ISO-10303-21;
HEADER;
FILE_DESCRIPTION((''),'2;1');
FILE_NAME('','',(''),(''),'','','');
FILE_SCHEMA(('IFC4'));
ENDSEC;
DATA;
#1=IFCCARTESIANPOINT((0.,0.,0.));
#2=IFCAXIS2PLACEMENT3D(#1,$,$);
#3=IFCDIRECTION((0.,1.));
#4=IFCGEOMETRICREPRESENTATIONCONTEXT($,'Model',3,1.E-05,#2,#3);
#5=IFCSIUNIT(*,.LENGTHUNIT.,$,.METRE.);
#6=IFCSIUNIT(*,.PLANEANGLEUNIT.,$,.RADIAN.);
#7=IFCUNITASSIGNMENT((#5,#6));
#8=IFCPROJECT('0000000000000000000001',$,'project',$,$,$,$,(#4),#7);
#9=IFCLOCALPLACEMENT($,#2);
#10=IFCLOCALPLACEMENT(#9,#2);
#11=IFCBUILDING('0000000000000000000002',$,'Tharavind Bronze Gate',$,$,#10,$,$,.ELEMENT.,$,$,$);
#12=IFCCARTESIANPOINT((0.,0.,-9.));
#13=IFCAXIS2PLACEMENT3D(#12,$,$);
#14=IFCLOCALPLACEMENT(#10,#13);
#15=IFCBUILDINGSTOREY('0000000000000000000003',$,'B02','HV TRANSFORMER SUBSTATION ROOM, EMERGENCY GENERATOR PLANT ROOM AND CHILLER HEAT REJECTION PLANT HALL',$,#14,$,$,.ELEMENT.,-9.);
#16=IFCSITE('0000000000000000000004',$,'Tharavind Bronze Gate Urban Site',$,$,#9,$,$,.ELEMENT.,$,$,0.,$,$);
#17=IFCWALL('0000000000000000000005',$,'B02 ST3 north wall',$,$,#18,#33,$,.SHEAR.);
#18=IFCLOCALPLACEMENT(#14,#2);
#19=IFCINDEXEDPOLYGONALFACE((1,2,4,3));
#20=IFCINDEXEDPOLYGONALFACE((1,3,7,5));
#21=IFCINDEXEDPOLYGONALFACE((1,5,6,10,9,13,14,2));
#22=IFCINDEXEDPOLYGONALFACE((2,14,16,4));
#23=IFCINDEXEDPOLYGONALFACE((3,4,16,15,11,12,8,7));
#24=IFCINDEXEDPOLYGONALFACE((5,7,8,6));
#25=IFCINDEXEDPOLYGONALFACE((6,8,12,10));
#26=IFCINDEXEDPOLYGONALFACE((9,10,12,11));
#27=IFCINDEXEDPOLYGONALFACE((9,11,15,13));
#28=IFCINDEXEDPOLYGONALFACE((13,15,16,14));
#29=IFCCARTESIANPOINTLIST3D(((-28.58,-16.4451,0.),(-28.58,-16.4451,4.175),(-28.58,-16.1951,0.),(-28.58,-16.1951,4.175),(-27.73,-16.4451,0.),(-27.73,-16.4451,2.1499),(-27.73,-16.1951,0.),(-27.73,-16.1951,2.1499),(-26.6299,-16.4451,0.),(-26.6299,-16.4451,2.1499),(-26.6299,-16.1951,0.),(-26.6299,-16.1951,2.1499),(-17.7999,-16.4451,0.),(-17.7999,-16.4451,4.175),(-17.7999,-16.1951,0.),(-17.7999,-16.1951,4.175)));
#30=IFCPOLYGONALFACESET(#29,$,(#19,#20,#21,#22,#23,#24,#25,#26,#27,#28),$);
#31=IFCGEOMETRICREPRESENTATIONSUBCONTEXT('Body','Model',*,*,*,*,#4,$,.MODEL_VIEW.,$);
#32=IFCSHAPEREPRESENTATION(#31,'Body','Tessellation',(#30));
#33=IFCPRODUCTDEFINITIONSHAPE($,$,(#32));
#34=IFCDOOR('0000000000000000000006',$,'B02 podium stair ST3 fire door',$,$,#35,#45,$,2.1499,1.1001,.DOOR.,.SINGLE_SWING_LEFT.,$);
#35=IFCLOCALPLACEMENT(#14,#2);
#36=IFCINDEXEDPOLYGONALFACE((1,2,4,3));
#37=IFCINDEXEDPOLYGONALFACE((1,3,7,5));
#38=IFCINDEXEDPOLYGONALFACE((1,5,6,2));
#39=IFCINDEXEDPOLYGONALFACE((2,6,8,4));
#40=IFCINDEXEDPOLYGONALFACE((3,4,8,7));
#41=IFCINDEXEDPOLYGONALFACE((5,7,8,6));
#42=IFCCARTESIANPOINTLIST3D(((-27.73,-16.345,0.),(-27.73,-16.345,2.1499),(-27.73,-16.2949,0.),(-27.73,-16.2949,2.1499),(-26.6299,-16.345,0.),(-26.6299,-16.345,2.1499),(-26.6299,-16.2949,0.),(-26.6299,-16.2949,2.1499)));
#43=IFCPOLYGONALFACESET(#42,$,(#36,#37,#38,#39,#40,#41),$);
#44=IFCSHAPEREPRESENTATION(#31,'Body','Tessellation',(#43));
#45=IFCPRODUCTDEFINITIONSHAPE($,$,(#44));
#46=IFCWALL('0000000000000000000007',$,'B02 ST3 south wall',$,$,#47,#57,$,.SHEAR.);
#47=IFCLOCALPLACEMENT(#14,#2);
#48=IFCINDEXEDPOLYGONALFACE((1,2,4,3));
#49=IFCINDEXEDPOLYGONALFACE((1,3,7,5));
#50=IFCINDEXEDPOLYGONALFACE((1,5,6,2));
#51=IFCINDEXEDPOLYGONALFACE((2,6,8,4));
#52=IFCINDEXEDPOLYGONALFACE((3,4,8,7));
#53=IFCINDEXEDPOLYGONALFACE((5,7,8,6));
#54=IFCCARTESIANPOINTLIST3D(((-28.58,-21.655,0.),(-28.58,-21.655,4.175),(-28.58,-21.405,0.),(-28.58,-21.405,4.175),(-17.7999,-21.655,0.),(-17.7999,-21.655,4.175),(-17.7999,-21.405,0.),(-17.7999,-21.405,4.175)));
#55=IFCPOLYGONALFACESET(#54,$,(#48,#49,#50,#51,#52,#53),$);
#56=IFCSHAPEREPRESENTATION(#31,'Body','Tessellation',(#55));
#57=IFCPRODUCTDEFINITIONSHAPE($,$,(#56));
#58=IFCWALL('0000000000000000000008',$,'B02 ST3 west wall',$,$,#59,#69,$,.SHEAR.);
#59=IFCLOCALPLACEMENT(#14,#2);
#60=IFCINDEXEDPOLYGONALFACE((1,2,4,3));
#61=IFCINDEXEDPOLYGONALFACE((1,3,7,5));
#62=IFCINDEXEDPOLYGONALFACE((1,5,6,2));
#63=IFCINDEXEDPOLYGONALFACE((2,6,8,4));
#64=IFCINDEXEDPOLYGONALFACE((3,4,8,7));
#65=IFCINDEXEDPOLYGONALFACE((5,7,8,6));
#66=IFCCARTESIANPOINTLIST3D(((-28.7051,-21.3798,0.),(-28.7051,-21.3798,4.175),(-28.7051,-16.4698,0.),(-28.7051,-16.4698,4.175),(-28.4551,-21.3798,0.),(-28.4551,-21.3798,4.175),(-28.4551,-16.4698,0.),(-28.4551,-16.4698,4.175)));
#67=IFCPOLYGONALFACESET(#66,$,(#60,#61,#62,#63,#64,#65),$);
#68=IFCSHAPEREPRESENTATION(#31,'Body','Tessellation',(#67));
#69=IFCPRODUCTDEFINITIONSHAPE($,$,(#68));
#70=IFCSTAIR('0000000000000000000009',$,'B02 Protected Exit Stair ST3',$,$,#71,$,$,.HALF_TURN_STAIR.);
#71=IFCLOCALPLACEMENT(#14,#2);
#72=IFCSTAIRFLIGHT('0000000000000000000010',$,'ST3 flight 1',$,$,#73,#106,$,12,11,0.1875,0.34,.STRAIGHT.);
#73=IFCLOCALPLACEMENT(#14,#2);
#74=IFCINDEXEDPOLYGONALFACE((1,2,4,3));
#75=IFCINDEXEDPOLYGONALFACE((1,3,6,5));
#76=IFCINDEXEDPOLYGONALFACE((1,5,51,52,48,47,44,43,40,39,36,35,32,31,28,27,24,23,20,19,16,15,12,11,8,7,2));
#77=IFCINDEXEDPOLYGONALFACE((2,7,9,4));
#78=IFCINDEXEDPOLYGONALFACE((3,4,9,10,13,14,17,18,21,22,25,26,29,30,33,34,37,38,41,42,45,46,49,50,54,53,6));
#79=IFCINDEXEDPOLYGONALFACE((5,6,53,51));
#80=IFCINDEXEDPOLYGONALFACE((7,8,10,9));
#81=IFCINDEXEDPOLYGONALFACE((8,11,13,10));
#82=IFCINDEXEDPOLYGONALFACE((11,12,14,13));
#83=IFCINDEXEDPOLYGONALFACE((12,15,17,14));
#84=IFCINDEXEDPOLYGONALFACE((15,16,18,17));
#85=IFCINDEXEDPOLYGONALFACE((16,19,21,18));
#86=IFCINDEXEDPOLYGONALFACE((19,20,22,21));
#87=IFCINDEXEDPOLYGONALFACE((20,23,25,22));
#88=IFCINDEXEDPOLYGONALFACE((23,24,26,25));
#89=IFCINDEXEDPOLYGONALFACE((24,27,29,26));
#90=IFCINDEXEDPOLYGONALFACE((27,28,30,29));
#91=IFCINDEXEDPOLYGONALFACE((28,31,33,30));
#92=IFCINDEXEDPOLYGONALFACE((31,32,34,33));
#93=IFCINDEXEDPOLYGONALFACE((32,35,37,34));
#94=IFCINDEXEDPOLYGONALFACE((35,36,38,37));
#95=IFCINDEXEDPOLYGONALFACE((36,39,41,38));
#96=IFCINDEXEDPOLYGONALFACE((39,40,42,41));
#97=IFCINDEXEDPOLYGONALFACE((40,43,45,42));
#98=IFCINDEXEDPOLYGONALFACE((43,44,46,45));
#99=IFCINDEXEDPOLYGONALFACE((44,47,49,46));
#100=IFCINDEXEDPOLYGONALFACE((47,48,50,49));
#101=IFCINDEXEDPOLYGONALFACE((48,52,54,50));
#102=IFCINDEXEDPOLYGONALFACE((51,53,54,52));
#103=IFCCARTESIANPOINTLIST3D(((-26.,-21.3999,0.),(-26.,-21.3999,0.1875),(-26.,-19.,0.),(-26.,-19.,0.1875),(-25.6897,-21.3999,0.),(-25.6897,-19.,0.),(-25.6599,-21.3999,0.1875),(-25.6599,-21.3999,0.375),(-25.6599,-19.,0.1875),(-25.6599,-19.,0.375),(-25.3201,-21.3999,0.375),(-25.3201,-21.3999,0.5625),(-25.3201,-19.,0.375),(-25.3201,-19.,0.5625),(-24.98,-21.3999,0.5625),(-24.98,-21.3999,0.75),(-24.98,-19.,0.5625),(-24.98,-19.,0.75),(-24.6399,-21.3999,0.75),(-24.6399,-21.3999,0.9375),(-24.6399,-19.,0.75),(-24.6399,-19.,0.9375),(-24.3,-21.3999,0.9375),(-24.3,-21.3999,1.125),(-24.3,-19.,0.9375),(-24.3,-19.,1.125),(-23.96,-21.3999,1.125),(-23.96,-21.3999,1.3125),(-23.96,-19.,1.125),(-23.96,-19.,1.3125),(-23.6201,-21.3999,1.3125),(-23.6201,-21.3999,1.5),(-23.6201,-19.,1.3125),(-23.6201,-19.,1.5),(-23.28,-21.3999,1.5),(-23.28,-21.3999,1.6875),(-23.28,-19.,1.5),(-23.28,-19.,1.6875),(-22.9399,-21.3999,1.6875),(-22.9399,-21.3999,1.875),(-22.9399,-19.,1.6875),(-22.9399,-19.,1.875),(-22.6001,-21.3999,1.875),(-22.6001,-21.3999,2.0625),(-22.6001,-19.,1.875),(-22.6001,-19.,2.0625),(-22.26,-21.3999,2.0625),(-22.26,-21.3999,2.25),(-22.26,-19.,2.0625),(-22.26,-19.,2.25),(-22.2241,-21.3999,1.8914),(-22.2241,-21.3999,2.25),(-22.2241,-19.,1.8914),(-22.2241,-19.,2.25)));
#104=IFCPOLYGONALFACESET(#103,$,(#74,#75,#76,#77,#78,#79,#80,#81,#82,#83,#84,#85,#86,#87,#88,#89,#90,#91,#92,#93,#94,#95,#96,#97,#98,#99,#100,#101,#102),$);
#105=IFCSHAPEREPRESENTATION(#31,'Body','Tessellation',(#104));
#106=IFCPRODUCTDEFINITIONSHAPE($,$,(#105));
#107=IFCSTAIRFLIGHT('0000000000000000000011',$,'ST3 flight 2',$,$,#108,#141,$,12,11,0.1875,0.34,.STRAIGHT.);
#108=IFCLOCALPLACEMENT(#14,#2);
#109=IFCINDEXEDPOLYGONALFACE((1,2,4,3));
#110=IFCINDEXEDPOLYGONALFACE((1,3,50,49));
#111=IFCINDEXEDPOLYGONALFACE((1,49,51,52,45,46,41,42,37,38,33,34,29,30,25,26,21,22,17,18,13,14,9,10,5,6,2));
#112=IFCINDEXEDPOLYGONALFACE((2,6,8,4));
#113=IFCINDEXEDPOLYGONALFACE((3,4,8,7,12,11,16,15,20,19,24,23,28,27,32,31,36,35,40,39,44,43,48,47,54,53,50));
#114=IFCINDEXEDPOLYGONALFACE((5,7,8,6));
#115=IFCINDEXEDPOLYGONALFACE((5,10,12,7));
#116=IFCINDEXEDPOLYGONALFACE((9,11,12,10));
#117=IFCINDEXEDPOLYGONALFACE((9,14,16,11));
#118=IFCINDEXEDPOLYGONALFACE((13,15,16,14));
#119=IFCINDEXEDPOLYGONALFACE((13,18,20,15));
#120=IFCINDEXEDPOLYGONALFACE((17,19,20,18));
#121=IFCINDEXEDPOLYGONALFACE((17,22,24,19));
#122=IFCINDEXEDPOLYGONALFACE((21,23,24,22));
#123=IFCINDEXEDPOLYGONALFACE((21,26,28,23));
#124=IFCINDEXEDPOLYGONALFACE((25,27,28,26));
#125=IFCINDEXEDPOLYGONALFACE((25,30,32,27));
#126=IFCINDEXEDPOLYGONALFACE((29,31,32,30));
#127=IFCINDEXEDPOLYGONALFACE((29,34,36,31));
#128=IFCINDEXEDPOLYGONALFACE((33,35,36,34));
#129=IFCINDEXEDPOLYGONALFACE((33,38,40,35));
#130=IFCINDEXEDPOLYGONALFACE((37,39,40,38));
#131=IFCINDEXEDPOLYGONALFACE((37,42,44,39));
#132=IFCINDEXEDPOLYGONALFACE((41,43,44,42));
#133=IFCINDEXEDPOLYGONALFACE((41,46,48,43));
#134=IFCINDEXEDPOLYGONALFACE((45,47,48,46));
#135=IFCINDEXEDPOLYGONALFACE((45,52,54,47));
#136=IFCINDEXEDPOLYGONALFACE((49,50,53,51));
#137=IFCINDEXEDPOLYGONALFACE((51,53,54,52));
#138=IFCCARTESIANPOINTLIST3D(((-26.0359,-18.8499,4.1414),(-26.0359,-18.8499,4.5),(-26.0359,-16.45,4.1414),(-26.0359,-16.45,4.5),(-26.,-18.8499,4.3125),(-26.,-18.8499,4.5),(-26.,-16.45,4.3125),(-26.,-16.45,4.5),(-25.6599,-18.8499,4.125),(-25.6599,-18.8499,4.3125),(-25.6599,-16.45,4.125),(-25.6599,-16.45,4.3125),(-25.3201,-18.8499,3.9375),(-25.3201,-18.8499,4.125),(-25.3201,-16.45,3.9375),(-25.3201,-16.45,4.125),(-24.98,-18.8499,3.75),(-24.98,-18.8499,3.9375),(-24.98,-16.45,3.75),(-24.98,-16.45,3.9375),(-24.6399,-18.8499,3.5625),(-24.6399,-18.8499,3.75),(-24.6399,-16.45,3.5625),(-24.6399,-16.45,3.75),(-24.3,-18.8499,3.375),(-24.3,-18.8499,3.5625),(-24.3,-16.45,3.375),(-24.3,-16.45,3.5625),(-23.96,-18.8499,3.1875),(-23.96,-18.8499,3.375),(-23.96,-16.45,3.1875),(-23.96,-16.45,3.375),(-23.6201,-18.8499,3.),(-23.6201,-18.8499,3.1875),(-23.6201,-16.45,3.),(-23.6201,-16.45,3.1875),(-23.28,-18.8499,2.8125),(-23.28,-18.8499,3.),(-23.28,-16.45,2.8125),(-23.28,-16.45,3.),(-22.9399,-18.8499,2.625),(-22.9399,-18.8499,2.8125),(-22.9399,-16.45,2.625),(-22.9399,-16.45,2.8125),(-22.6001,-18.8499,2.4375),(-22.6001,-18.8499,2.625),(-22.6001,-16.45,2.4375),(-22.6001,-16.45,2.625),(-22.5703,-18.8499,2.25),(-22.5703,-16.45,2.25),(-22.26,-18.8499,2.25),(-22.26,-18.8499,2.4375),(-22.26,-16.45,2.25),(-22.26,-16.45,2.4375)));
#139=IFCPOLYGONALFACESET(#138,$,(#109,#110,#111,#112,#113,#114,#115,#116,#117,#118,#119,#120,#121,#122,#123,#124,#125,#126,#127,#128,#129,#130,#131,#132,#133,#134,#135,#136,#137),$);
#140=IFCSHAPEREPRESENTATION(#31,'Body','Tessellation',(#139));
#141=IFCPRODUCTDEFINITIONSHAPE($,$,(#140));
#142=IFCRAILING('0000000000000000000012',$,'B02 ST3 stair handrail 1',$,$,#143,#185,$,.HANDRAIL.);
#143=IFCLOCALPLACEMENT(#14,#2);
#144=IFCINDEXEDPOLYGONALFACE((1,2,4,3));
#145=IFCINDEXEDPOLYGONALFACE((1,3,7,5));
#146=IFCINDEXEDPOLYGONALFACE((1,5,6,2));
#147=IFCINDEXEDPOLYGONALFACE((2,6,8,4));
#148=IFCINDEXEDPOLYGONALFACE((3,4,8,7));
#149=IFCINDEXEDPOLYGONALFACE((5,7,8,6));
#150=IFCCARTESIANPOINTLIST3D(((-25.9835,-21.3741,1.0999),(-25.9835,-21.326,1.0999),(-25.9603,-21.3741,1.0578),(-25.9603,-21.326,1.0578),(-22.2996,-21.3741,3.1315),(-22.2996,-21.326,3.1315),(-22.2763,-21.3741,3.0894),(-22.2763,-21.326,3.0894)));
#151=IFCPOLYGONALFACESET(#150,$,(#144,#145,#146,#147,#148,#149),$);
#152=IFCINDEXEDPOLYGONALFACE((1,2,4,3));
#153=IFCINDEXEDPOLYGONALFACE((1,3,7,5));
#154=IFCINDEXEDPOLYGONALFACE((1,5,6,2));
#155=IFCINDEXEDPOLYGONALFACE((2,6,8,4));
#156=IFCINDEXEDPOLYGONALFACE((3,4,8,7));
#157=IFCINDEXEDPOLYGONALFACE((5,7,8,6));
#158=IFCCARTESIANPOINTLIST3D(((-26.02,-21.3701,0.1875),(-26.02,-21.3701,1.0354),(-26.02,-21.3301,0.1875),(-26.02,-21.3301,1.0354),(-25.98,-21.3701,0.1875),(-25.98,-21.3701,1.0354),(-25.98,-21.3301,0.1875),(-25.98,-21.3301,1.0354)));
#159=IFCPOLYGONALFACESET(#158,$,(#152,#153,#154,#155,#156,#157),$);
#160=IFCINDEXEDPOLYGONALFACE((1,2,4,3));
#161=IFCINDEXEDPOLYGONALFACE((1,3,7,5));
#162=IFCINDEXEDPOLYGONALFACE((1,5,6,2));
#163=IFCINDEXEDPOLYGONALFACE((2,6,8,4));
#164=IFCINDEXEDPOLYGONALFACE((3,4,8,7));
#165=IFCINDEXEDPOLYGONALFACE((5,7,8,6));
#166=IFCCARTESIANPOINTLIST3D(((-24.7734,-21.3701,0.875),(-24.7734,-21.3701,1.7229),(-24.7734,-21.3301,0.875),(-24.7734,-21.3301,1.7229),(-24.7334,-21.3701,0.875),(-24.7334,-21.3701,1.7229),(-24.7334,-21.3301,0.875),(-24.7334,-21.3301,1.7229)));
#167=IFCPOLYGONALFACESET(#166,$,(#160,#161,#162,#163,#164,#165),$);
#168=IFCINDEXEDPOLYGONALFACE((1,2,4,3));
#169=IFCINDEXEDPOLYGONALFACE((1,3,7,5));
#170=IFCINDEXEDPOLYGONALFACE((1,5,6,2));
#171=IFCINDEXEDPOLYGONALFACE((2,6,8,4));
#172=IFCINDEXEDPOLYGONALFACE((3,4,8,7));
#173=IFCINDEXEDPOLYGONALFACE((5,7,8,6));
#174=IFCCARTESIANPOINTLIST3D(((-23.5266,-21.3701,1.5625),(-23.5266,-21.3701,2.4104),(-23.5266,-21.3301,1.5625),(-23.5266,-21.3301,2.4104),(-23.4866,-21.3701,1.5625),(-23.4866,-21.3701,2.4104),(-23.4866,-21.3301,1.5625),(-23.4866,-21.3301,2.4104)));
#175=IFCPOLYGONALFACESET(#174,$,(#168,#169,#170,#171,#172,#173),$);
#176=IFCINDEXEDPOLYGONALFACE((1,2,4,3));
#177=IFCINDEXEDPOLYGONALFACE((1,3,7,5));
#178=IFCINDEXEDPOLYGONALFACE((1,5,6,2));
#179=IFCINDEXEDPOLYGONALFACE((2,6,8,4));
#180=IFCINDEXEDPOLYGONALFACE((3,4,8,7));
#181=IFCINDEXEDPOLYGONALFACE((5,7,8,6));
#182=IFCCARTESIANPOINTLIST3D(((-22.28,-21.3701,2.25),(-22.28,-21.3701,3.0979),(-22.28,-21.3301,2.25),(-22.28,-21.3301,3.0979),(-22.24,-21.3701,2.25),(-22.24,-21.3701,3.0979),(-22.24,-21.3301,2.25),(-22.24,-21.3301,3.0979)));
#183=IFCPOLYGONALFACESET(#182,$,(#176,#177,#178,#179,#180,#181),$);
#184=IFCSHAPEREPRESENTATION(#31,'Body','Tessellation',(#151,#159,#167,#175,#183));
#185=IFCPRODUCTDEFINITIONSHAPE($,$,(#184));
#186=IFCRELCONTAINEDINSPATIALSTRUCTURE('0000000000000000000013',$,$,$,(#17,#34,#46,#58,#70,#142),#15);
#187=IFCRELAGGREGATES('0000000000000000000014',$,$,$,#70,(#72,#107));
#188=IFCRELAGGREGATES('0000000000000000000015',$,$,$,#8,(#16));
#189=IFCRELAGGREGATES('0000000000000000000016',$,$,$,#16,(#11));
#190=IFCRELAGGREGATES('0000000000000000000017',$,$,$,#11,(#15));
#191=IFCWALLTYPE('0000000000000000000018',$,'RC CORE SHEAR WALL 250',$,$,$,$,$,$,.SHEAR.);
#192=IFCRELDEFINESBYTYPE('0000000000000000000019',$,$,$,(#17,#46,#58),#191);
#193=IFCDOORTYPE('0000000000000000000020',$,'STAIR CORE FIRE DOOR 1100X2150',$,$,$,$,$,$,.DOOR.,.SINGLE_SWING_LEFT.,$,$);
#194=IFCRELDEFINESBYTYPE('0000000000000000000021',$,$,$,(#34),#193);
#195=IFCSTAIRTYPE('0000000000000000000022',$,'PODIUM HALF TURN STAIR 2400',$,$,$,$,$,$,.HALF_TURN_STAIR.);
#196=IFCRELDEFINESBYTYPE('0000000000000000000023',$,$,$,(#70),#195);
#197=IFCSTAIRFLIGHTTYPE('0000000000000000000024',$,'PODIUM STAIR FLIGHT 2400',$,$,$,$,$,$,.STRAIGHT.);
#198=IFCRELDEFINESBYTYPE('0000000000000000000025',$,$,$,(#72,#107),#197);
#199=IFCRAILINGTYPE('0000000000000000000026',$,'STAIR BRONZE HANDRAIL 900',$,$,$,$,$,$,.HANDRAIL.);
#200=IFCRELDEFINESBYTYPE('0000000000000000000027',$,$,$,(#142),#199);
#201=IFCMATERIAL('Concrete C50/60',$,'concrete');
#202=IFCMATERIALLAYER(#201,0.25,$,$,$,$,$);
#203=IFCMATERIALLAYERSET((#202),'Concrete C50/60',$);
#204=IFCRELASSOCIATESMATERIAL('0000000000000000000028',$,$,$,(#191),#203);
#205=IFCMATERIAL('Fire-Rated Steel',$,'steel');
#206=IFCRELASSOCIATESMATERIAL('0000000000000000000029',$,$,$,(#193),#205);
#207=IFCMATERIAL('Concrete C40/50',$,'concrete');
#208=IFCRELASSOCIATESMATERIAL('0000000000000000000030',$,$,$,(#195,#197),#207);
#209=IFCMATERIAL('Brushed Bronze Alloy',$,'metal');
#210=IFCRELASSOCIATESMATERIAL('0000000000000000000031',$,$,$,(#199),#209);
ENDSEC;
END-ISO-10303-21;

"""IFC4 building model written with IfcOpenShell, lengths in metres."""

from ifc_helpers import new_model, si_unit, direction, frame, frame_2d, origin, origin_2d, place, context, subcontext, project, spatial, polyline, rectangle, outline, extrude, material, layer, layer_set, type_object, element, fill, aggregate, save


model = new_model("IFC4")

# Units and contexts
model_context = context("Model", 3, precision=1e-05, world=origin(), true_north=direction((0.0, 1.0)))
body_context = subcontext(model_context, "Body", "Model", "MODEL_VIEW")
ifc_project = project(units=[si_unit("LENGTHUNIT", "METRE"), si_unit("PLANEANGLEUNIT", "RADIAN")], contexts=[model_context])

# Site, building, storey
site_placement = place(None, origin())
site = spatial("IfcSite", under=ifc_project, at=site_placement, Name="Tharavind Bronze Gate Urban Site", CompositionType="ELEMENT", RefElevation=0.0)
building_placement = place(site_placement, origin())
building = spatial("IfcBuilding", under=site, at=building_placement, Name="Tharavind Bronze Gate", CompositionType="ELEMENT")
storey_placement = place(building_placement, frame((0.0, 0.0, -9.0)))
storey = spatial("IfcBuildingStorey", under=building, at=storey_placement, Name="B02", Description="HV TRANSFORMER SUBSTATION ROOM, EMERGENCY GENERATOR PLANT ROOM AND CHILLER HEAT REJECTION PLANT HALL", CompositionType="ELEMENT", Elevation=-9.0)

# Shared definitions
ifc_material_1 = material(Name="Concrete C50/60", Category="concrete")

# Wall, opening, door
ifc_layer_1 = layer(ifc_material_1, 0.25)
ifc_layer_set_1 = layer_set([ifc_layer_1], Name="Concrete C50/60")
wall_type_1 = type_object("IfcWallType", Name="RC CORE SHEAR WALL 250", PredefinedType="SHEAR", material=ifc_layer_set_1)
wall_1_placement = place(storey_placement, frame((-28.5801, -16.3201, 0.0), z_axis=(0.0, 0.0, 1.0), x_axis=(1.0, 0.0, 0.0)))
wall_1 = element("IfcWall", 1, at=wall_1_placement, inside=storey, type_object=wall_type_1, Name="B02 ST3 north wall", PredefinedType="SHEAR", context=body_context, shape_type="SweptSolid", body=[
    extrude(rectangle(XDim=10.78, YDim=0.25, at=frame_2d((5.3901, 0.0))), origin(), (0.0, 0.0, 1.0), 4.175),
])
opening_placement = place(wall_1_placement, frame((0.8501, 0.0, 0.0)))
opening = element("IfcOpeningElement", 2, at=opening_placement, cuts=wall_1, PredefinedType="OPENING", context=body_context, shape_type="SweptSolid", body=[
    extrude(rectangle(XDim=1.1001, YDim=2.1499, at=frame_2d((0.55, 1.075))), frame((0.0, 0.135, 0.0), z_axis=(0.0, -1.0, 0.0), x_axis=(1.0, 0.0, 0.0)), (0.0, 0.0, 1.0), 0.27),
])
ifc_material_2 = material(Name="Fire-Rated Steel", Category="steel")
door_type = type_object("IfcDoorType", Name="STAIR CORE FIRE DOOR 1100X2150", OperationType="SINGLE_SWING_LEFT", PredefinedType="DOOR", material=ifc_material_2)
door_placement = place(opening_placement, frame((1.1001, 0.0, 0.0), z_axis=(0.0, 0.0, 1.0), x_axis=(-1.0, 0.0, 0.0)))
door = element("IfcDoor", 3, at=door_placement, inside=storey, type_object=door_type, Name="B02 podium stair ST3 fire door", OperationType="SINGLE_SWING_LEFT", OverallHeight=2.1499, OverallWidth=1.1001, PredefinedType="DOOR", context=body_context, shape_type="SweptSolid", body=[
    extrude(rectangle(XDim=1.1001, YDim=2.1499, at=frame_2d((0.55, 1.075))), frame((0.0, 0.0249, 0.0), z_axis=(0.0, -1.0, 0.0), x_axis=(1.0, 0.0, 0.0)), (0.0, 0.0, 1.0), 0.05),
])
fill(opening, door)

# Walls
wall_2_placement = place(storey_placement, frame((-28.5801, -21.53, 0.0), z_axis=(0.0, 0.0, 1.0), x_axis=(1.0, 0.0, 0.0)))
element("IfcWall", 4, at=wall_2_placement, inside=storey, type_object=wall_type_1, Name="B02 ST3 south wall", PredefinedType="SHEAR", context=body_context, shape_type="SweptSolid", body=[
    extrude(rectangle(XDim=10.78, YDim=0.25, at=frame_2d((5.3901, 0.0))), origin(), (0.0, 0.0, 1.0), 4.175),
])
wall_3_placement = place(storey_placement, frame((-28.5801, -21.3799, 0.0), z_axis=(0.0, 0.0, 1.0), x_axis=(0.0, 1.0, 0.0)))
element("IfcWall", 5, at=wall_3_placement, inside=storey, type_object=wall_type_1, Name="B02 ST3 west wall", PredefinedType="SHEAR", context=body_context, shape_type="SweptSolid", body=[
    extrude(rectangle(XDim=4.9099, YDim=0.25, at=frame_2d((2.4551, 0.0))), origin(), (0.0, 0.0, 1.0), 4.175),
])

# Stair, stair flights
ifc_material_3 = material(Name="Concrete C40/50", Category="concrete")
stair_type = type_object("IfcStairType", Name="PODIUM HALF TURN STAIR 2400", PredefinedType="HALF_TURN_STAIR", material=ifc_material_3)
stair_placement = place(storey_placement, origin())
stair = element("IfcStair", 6, at=stair_placement, inside=storey, type_object=stair_type, Name="B02 Protected Exit Stair ST3", PredefinedType="HALF_TURN_STAIR")
stair_flight_type = type_object("IfcStairFlightType", Name="PODIUM STAIR FLIGHT 2400", PredefinedType="STRAIGHT", material=ifc_material_3)
stair_flight_1_placement = place(storey_placement, frame((-26.0, -20.2, 0.0), z_axis=(0.0, 0.0, 1.0), x_axis=(1.0, 0.0, 0.0)))
stair_flight_1 = element("IfcStairFlight", 7, at=stair_flight_1_placement, type_object=stair_flight_type, Name="ST3 flight 1", NumberOfRisers=12, NumberOfTreads=11, PredefinedType="STRAIGHT", RiserHeight=0.1875, TreadLength=0.34, context=body_context, shape_type="SweptSolid", body=[
    extrude(outline(polyline([(0.0, 0.0), (0.0, 0.1875), (0.3401, 0.1875), (0.3401, 0.375), (0.6799, 0.375), (0.6799, 0.5625), (1.02, 0.5625), (1.02, 0.75), (1.3601, 0.75), (1.3601, 0.9375), (1.7, 0.9375), (1.7, 1.125), (2.04, 1.125), (2.04, 1.3125), (2.3799, 1.3125), (2.3799, 1.5), (2.72, 1.5), (2.72, 1.6875), (3.0601, 1.6875), (3.0601, 1.875), (3.3999, 1.875), (3.3999, 2.0625), (3.74, 2.0625), (3.74, 2.25), (3.7759, 2.25), (3.7759, 1.8914), (0.3103, 0.0), (0.0, 0.0)])), frame((0.0, 1.2, 0.0), z_axis=(0.0, -1.0, 0.0), x_axis=(1.0, 0.0, 0.0)), (0.0, 0.0, 1.0), 2.3999),
])
stair_flight_2_placement = place(storey_placement, frame((-22.26, -17.6499, 2.25), z_axis=(0.0, 0.0, 1.0), x_axis=(-1.0, 0.0, 0.0)))
stair_flight_2 = element("IfcStairFlight", 8, at=stair_flight_2_placement, type_object=stair_flight_type, Name="ST3 flight 2", NumberOfRisers=12, NumberOfTreads=11, PredefinedType="STRAIGHT", RiserHeight=0.1875, TreadLength=0.34, context=body_context, shape_type="SweptSolid", body=[
    extrude(outline(polyline([(0.0, 0.0), (0.0, 0.1875), (0.3401, 0.1875), (0.3401, 0.375), (0.6799, 0.375), (0.6799, 0.5625), (1.02, 0.5625), (1.02, 0.75), (1.3601, 0.75), (1.3601, 0.9375), (1.7, 0.9375), (1.7, 1.125), (2.04, 1.125), (2.04, 1.3125), (2.3799, 1.3125), (2.3799, 1.5), (2.72, 1.5), (2.72, 1.6875), (3.0601, 1.6875), (3.0601, 1.875), (3.3999, 1.875), (3.3999, 2.0625), (3.74, 2.0625), (3.74, 2.25), (3.7759, 2.25), (3.7759, 1.8914), (0.3103, 0.0), (0.0, 0.0)])), frame((0.0, 1.2, 0.0), z_axis=(0.0, -1.0, 0.0), x_axis=(1.0, 0.0, 0.0)), (0.0, 0.0, 1.0), 2.3999),
])
aggregate(stair, [stair_flight_1, stair_flight_2])

# Railing
ifc_material_4 = material(Name="Brushed Bronze Alloy", Category="metal")
railing_type_1 = type_object("IfcRailingType", Name="STAIR BRONZE HANDRAIL 900", PredefinedType="HANDRAIL", material=ifc_material_4)
railing_1_placement = place(storey_placement, frame((-26.0, -21.3501, 0.1875)))
element("IfcRailing", 9, at=railing_1_placement, inside=storey, type_object=railing_type_1, Name="B02 ST3 stair handrail 1", PredefinedType="HANDRAIL", context=body_context, shape_type="SweptSolid", body=[
    extrude(rectangle(XDim=0.0481, YDim=0.0481, at=origin_2d()), frame((0.0281, 0.0, 0.8914), z_axis=(0.875671, 0.0, 0.482908), x_axis=(0.0, 1.0, 0.0)), (0.0, 0.0, 1.0), 4.207),
    extrude(rectangle(XDim=0.04, YDim=0.04, at=origin_2d()), origin(), (0.0, 0.0, 1.0), 0.8479),
    extrude(rectangle(XDim=0.04, YDim=0.04, at=origin_2d()), frame((1.2466, 0.0, 0.6875)), (0.0, 0.0, 1.0), 0.8479),
    extrude(rectangle(XDim=0.04, YDim=0.04, at=origin_2d()), frame((2.4934, 0.0, 1.375)), (0.0, 0.0, 1.0), 0.8479),
    extrude(rectangle(XDim=0.04, YDim=0.04, at=origin_2d()), frame((3.74, 0.0, 2.0625)), (0.0, 0.0, 1.0), 0.8479),
])

save(model, "model.ifc")
